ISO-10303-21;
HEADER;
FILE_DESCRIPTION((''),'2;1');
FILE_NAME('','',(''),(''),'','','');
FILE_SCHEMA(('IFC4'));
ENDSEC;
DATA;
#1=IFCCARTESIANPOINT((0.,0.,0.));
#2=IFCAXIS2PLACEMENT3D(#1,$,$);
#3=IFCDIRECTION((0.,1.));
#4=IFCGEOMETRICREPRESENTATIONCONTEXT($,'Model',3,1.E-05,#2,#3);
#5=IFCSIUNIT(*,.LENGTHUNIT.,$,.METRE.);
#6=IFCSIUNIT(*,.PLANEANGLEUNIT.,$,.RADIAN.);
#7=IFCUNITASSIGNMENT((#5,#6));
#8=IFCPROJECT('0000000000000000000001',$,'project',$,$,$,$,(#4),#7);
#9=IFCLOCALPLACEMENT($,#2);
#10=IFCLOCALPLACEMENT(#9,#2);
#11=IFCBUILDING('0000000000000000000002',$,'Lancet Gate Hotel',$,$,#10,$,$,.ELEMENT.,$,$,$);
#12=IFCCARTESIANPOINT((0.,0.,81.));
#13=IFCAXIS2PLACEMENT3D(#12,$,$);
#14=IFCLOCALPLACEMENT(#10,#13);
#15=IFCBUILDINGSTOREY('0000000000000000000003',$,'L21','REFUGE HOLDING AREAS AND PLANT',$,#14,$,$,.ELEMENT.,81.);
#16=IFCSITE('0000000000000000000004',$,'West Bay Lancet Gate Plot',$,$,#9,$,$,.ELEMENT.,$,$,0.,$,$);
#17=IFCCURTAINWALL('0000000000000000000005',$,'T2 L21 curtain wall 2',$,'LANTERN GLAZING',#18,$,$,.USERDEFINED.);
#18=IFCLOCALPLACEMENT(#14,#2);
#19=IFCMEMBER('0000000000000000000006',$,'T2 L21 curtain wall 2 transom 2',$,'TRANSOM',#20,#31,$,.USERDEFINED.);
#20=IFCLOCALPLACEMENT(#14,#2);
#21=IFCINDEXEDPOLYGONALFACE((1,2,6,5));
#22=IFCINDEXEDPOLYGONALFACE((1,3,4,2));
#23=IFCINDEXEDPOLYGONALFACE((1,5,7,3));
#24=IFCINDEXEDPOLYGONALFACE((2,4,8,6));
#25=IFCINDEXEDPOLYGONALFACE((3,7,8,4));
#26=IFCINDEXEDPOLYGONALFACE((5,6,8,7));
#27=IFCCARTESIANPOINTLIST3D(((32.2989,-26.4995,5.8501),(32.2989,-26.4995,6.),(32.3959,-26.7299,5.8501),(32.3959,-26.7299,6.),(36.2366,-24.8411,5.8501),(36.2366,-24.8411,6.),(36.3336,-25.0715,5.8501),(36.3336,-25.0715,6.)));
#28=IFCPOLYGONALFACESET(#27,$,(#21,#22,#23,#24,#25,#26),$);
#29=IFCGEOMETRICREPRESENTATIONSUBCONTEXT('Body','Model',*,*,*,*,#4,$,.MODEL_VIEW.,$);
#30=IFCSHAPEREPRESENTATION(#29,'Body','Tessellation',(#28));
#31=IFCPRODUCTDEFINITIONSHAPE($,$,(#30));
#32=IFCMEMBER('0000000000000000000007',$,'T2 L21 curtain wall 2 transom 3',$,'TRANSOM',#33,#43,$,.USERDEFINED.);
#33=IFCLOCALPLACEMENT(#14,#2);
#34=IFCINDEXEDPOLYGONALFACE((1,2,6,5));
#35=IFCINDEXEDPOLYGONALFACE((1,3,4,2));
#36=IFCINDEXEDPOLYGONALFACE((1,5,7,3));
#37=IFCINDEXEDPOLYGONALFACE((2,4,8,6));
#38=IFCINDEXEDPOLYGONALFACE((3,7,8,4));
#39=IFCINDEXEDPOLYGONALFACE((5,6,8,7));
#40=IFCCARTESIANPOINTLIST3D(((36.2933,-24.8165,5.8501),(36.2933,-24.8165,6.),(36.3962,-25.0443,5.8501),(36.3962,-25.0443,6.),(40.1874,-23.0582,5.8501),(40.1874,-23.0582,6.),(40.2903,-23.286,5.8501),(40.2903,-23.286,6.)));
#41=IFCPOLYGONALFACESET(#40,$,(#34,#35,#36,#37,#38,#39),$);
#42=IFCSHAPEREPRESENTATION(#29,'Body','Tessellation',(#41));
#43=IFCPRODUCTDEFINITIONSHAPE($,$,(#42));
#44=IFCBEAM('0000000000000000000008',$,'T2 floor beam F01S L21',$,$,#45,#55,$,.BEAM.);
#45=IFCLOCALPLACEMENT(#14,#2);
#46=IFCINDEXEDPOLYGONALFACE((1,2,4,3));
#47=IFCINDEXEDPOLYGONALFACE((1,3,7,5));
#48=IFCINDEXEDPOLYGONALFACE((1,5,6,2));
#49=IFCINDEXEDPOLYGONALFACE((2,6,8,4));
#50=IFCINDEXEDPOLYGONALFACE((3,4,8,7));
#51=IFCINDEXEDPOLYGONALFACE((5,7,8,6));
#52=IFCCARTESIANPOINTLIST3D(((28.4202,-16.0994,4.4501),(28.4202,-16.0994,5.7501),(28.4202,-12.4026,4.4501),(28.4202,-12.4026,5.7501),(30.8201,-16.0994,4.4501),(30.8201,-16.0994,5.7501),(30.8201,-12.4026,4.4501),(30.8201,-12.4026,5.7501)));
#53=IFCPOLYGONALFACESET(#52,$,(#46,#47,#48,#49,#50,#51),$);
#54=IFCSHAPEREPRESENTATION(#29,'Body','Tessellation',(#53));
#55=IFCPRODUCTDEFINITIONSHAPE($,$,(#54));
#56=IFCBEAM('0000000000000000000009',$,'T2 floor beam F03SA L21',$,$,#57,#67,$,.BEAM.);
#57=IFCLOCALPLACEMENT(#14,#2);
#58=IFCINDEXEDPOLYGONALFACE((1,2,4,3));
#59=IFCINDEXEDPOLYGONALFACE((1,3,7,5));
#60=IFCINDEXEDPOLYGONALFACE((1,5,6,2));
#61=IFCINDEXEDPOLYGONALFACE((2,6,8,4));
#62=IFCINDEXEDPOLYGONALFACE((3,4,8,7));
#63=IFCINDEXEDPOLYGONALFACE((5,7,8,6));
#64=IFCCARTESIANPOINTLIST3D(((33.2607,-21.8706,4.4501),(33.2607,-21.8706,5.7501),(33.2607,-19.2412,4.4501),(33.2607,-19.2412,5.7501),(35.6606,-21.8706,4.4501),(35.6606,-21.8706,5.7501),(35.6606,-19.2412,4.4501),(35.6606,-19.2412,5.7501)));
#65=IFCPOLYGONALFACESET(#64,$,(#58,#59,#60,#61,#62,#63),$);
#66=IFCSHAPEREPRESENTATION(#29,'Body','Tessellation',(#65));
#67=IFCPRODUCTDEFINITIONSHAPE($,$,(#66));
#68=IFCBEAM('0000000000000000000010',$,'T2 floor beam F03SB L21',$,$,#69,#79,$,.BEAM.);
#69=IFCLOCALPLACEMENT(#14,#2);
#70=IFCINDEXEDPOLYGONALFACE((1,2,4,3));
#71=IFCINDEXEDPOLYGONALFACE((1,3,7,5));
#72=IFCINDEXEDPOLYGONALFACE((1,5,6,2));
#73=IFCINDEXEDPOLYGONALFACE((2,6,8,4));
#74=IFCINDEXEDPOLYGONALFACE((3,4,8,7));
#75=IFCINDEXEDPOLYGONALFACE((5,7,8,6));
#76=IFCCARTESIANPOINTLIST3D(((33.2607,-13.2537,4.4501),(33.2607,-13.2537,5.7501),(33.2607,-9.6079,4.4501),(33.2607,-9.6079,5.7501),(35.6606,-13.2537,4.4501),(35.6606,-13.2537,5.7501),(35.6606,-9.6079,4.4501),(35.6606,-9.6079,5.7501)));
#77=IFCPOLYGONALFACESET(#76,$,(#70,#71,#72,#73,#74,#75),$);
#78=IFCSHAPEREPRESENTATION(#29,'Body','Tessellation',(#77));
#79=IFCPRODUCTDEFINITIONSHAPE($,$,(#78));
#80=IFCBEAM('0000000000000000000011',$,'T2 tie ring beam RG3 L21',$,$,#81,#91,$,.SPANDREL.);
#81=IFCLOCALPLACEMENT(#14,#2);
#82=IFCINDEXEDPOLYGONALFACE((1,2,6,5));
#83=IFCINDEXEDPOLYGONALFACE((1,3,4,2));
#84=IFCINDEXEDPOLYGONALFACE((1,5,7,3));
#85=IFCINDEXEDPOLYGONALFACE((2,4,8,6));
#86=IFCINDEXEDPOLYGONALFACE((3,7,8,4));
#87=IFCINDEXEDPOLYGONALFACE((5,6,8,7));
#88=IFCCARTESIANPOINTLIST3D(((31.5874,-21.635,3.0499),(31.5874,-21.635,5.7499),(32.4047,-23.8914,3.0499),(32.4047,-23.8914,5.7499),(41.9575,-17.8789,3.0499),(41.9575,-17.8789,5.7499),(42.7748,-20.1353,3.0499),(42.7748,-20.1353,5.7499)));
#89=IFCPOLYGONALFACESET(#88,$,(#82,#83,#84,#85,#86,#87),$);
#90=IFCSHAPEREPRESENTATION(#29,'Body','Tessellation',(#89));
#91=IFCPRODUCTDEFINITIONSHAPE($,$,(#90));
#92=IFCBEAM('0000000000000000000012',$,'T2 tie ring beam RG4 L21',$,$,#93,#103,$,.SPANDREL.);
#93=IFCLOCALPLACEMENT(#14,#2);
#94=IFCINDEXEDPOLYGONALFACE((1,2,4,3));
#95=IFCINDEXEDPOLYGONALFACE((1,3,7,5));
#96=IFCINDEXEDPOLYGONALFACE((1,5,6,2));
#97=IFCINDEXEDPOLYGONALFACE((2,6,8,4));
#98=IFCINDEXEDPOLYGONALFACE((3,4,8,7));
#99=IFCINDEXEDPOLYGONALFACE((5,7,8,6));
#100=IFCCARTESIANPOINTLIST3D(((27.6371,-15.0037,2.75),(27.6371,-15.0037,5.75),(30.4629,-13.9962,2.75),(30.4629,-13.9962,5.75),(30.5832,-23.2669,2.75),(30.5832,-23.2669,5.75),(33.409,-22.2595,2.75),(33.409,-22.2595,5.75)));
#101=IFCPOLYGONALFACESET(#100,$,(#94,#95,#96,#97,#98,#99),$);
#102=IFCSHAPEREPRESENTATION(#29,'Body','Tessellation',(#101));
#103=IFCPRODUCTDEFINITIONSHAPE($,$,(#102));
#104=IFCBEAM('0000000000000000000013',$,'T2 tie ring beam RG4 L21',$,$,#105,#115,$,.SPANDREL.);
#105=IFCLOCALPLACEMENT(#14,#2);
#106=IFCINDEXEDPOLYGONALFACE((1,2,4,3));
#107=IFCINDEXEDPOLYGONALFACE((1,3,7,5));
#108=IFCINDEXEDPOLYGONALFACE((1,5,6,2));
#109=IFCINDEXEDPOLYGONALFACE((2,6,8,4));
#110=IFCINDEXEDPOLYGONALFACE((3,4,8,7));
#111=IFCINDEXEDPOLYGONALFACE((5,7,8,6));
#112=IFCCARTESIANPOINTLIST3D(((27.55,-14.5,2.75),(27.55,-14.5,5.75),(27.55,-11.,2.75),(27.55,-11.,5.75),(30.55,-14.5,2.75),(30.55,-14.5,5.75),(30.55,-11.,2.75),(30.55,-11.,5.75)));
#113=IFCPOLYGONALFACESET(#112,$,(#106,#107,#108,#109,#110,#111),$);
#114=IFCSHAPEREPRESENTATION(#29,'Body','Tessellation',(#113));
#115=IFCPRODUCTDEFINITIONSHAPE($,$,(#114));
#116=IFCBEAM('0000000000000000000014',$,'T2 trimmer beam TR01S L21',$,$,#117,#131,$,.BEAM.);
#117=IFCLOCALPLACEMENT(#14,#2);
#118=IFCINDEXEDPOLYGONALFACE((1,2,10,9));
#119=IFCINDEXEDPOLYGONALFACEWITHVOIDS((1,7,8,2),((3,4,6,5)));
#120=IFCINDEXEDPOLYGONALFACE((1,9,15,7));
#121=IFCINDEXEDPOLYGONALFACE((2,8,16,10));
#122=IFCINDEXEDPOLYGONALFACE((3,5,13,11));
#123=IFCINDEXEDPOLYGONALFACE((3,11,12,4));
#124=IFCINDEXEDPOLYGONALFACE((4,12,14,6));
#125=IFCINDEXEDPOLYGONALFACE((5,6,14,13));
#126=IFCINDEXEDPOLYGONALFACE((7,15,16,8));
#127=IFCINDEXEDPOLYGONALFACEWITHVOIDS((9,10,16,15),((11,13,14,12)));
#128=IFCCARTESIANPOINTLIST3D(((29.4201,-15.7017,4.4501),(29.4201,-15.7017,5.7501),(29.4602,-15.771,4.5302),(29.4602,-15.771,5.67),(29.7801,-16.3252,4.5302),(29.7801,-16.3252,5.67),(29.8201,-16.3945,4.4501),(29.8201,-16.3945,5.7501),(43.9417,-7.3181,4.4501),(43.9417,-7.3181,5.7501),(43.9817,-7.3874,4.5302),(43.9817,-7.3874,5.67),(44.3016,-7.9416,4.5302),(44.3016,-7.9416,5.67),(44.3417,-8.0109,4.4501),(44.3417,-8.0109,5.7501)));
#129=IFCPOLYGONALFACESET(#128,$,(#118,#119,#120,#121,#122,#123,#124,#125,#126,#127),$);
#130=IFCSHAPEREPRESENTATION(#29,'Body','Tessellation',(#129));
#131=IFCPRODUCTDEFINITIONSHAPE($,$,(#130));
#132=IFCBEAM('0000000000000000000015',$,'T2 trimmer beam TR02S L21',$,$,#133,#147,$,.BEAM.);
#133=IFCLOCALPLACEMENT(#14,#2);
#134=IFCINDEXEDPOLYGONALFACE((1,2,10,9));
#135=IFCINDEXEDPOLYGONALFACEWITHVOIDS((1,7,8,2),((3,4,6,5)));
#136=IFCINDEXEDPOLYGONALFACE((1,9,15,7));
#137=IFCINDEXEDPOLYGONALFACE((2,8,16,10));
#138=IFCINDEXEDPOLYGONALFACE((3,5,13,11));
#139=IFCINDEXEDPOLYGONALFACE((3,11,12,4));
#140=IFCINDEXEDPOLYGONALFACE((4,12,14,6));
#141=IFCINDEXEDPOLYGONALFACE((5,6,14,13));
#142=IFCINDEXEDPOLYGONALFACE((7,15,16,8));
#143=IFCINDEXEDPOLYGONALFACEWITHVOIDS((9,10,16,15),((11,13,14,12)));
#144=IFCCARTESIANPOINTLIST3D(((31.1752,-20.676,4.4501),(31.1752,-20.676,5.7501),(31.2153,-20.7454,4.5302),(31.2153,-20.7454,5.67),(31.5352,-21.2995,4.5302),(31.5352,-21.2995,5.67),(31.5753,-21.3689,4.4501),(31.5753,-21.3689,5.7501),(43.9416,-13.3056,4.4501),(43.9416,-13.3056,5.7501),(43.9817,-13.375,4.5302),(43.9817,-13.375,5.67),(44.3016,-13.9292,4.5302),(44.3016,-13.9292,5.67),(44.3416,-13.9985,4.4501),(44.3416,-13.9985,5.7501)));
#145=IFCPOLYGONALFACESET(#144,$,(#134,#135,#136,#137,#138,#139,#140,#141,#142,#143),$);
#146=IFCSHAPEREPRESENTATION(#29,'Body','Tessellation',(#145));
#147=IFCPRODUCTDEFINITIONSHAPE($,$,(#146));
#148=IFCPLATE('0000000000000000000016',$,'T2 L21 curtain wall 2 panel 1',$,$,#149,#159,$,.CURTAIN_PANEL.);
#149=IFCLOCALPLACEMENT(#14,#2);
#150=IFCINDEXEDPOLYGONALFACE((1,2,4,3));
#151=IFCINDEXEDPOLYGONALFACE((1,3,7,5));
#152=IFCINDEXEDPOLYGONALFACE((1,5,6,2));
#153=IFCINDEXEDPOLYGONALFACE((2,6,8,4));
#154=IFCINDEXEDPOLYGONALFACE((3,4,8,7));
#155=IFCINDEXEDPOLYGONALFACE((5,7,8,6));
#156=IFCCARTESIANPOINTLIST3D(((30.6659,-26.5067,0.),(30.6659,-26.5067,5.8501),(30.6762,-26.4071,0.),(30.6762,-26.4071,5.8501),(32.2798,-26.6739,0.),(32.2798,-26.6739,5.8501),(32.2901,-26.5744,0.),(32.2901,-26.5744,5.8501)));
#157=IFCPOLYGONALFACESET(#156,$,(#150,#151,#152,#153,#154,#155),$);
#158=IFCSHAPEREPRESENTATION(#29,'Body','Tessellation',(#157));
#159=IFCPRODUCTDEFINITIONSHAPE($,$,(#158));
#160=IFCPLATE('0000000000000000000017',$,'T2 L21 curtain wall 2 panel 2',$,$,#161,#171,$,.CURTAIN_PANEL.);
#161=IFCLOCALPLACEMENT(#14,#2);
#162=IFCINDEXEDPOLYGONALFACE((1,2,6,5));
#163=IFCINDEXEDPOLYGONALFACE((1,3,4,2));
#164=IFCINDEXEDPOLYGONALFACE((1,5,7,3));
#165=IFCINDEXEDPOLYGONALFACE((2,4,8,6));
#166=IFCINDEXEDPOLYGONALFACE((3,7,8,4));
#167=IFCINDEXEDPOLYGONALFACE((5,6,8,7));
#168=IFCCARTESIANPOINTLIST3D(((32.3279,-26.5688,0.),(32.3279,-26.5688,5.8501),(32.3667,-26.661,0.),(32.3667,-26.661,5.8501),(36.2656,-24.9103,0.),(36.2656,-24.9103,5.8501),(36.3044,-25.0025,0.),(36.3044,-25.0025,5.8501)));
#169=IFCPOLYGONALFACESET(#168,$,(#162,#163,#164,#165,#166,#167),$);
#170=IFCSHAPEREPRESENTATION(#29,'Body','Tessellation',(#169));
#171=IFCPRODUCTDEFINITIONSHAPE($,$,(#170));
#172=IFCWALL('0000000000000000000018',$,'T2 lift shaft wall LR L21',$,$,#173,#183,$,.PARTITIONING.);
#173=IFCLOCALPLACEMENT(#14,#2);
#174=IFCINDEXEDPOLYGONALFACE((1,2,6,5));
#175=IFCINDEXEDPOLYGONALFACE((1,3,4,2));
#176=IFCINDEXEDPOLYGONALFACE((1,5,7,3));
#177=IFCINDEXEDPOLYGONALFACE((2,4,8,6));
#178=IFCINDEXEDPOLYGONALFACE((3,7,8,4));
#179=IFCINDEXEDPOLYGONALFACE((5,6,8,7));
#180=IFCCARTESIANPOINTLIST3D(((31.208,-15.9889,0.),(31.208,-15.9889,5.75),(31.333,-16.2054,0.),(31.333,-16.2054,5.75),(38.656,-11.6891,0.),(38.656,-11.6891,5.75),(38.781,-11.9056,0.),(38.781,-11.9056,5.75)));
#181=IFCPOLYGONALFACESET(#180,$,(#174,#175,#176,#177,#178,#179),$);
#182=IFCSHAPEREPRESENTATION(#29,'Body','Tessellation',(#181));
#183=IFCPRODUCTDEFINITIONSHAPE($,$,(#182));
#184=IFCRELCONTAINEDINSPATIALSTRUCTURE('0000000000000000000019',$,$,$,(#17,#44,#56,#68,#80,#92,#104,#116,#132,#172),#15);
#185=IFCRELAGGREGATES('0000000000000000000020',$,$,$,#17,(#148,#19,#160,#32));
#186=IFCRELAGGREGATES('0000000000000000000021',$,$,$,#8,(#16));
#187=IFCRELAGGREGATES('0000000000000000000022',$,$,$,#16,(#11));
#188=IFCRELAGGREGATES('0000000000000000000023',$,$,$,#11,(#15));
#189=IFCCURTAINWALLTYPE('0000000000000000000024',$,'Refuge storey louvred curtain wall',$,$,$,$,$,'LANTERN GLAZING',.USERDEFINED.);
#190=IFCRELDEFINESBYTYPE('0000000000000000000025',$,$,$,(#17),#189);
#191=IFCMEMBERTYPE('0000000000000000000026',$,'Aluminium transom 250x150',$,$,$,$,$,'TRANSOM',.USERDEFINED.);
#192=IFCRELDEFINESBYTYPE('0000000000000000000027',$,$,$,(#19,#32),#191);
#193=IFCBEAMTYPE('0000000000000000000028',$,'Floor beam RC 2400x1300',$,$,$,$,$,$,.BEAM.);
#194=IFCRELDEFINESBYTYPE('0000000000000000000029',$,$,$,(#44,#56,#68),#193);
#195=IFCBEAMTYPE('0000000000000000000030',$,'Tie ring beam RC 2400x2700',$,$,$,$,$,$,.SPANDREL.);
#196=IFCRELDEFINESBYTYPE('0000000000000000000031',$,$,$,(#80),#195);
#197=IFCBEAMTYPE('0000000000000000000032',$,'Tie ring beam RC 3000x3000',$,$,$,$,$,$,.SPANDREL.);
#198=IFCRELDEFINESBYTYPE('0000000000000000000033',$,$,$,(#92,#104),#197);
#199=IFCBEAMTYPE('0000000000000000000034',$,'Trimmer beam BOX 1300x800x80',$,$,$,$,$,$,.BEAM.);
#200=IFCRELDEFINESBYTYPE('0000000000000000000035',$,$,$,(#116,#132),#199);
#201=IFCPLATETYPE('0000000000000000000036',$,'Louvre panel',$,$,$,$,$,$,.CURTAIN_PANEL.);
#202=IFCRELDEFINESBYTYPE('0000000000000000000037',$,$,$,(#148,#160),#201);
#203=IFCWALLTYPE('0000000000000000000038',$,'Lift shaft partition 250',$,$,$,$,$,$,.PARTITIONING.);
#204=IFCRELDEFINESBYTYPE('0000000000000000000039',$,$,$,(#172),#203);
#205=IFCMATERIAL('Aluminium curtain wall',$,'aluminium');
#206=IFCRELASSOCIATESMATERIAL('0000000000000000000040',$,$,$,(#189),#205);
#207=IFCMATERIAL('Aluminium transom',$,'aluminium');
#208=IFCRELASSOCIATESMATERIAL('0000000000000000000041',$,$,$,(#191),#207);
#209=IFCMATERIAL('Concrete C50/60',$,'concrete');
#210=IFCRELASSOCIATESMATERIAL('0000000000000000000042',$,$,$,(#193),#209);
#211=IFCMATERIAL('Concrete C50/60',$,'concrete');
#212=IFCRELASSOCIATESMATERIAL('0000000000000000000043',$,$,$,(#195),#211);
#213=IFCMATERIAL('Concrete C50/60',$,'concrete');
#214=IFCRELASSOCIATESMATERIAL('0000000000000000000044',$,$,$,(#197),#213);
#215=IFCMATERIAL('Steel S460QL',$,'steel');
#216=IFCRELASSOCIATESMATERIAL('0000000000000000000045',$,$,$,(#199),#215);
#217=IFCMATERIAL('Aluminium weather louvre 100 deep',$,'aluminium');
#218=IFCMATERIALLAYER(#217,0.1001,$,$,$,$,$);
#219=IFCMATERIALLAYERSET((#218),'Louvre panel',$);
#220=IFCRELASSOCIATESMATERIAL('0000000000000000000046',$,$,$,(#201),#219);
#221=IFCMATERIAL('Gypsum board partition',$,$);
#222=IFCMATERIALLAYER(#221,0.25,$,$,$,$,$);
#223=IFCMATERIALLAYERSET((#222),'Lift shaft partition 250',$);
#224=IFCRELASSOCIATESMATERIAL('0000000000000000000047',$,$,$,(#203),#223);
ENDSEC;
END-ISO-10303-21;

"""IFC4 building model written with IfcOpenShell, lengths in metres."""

from ifc_helpers import new_model, si_unit, direction, frame, frame_2d, origin, origin_2d, place, context, subcontext, project, spatial, rectangle, hollow_rectangle, extrude, material, layer, layer_set, material_profile, profile_set, type_object, element, aggregate, save


model = new_model("IFC4")

# Units and contexts
model_context = context("Model", 3, precision=1e-05, world=origin(), true_north=direction((0.0, 1.0)))
body_context = subcontext(model_context, "Body", "Model", "MODEL_VIEW")
ifc_project = project(units=[si_unit("LENGTHUNIT", "METRE"), si_unit("PLANEANGLEUNIT", "RADIAN")], contexts=[model_context])

# Site, building, storey
site_placement = place(None, origin())
site = spatial("IfcSite", under=ifc_project, at=site_placement, Name="West Bay Lancet Gate Plot", CompositionType="ELEMENT", RefElevation=0.0)
building_placement = place(site_placement, origin())
building = spatial("IfcBuilding", under=site, at=building_placement, Name="Lancet Gate Hotel", CompositionType="ELEMENT")
storey_placement = place(building_placement, frame((0.0, 0.0, 81.0)))
storey = spatial("IfcBuildingStorey", under=building, at=storey_placement, Name="L21", Description="REFUGE HOLDING AREAS AND PLANT", CompositionType="ELEMENT", Elevation=81.0)

# Curtain wall, members
ifc_material_1 = material(Name="Aluminium curtain wall", Category="aluminium")
curtain_wall_type = type_object("IfcCurtainWallType", Name="Refuge storey louvred curtain wall", ElementType="LANTERN GLAZING", PredefinedType="USERDEFINED", material=ifc_material_1)
curtain_wall_placement = place(storey_placement, origin())
curtain_wall = element("IfcCurtainWall", 1, at=curtain_wall_placement, inside=storey, type_object=curtain_wall_type, Name="T2 L21 curtain wall 2", ObjectType="LANTERN GLAZING", PredefinedType="USERDEFINED")
ifc_material_2 = material(Name="Aluminium transom", Category="aluminium")
ifc_material_profile_1 = material_profile(ifc_material_2, rectangle(XDim=0.25, YDim=0.1499, at=origin_2d()), Name="TRANSOM 250x150")
ifc_profile_set_1 = profile_set([ifc_material_profile_1], Name="Aluminium transom")
member_type_1 = type_object("IfcMemberType", Name="Aluminium transom 250x150", ElementType="TRANSOM", PredefinedType="USERDEFINED", material=ifc_profile_set_1)
member_1_placement = place(storey_placement, frame((32.3474, -26.6147, 5.925), z_axis=(0.921598, 0.388146, 0.0), x_axis=(-0.388146, 0.921598, 0.0)))
member_1 = element("IfcMember", 2, at=member_1_placement, type_object=member_type_1, Name="T2 L21 curtain wall 2 transom 2", ObjectType="TRANSOM", PredefinedType="USERDEFINED", context=body_context, shape_type="SweptSolid", body=[
    extrude(rectangle(XDim=0.25, YDim=0.1499, at=origin_2d()), origin(), (0.0, 0.0, 1.0), 4.2727),
])
member_2_placement = place(storey_placement, frame((36.3447, -24.9304, 5.925), z_axis=(0.911397, 0.411529, 0.0), x_axis=(-0.411529, 0.911397, 0.0)))
member_2 = element("IfcMember", 3, at=member_2_placement, type_object=member_type_1, Name="T2 L21 curtain wall 2 transom 3", ObjectType="TRANSOM", PredefinedType="USERDEFINED", context=body_context, shape_type="SweptSolid", body=[
    extrude(rectangle(XDim=0.25, YDim=0.1499, at=origin_2d()), origin(), (0.0, 0.0, 1.0), 4.2727),
])

# Beams
ifc_material_3 = material(Name="Concrete C50/60", Category="concrete")
ifc_material_profile_2 = material_profile(ifc_material_3, rectangle(XDim=2.3999, YDim=1.3, at=origin_2d()), Name="RC 2400x1300")
ifc_profile_set_2 = profile_set([ifc_material_profile_2], Name="Concrete C50/60")
beam_type_1 = type_object("IfcBeamType", Name="Floor beam RC 2400x1300", PredefinedType="BEAM", material=ifc_profile_set_2)
beam_1_placement = place(storey_placement, frame((29.6201, -16.0994, 5.1001), z_axis=(0.0, 1.0, 0.0), x_axis=(-1.0, 0.0, 0.0)))
element("IfcBeam", 4, at=beam_1_placement, inside=storey, type_object=beam_type_1, Name="T2 floor beam F01S L21", PredefinedType="BEAM", context=body_context, shape_type="SweptSolid", body=[
    extrude(rectangle(XDim=2.3999, YDim=1.3, at=origin_2d()), origin(), (0.0, 0.0, 1.0), 3.6968),
])
beam_2_placement = place(storey_placement, frame((34.4607, -21.8706, 5.1001), z_axis=(0.0, 1.0, 0.0), x_axis=(-1.0, 0.0, 0.0)))
element("IfcBeam", 5, at=beam_2_placement, inside=storey, type_object=beam_type_1, Name="T2 floor beam F03SA L21", PredefinedType="BEAM", context=body_context, shape_type="SweptSolid", body=[
    extrude(rectangle(XDim=2.3999, YDim=1.3, at=origin_2d()), origin(), (0.0, 0.0, 1.0), 2.6294),
])
beam_3_placement = place(storey_placement, frame((34.4607, -13.2537, 5.1001), z_axis=(0.0, 1.0, 0.0), x_axis=(-1.0, 0.0, 0.0)))
element("IfcBeam", 6, at=beam_3_placement, inside=storey, type_object=beam_type_1, Name="T2 floor beam F03SB L21", PredefinedType="BEAM", context=body_context, shape_type="SweptSolid", body=[
    extrude(rectangle(XDim=2.3999, YDim=1.3, at=origin_2d()), origin(), (0.0, 0.0, 1.0), 3.6458),
])
ifc_material_4 = material(Name="Concrete C50/60", Category="concrete")
ifc_material_profile_3 = material_profile(ifc_material_4, rectangle(XDim=2.3999, YDim=2.7, at=origin_2d()), Name="RC 2400x2700")
ifc_profile_set_3 = profile_set([ifc_material_profile_3], Name="Concrete C50/60")
beam_type_2 = type_object("IfcBeamType", Name="Tie ring beam RC 2400x2700", PredefinedType="SPANDREL", material=ifc_profile_set_3)
beam_4_placement = place(storey_placement, frame((31.9961, -22.7632, 4.3999), z_axis=(0.940225, 0.340554, 0.0), x_axis=(-0.340554, 0.940225, 0.0)))
element("IfcBeam", 7, at=beam_4_placement, inside=storey, type_object=beam_type_2, Name="T2 tie ring beam RG3 L21", PredefinedType="SPANDREL", context=body_context, shape_type="SweptSolid", body=[
    extrude(rectangle(XDim=2.3999, YDim=2.7, at=origin_2d()), origin(), (0.0, 0.0, 1.0), 11.0293),
])
ifc_material_5 = material(Name="Concrete C50/60", Category="concrete")
ifc_material_profile_4 = material_profile(ifc_material_5, rectangle(XDim=3.0, YDim=3.0, at=origin_2d()), Name="RC 3000x3000")
ifc_profile_set_4 = profile_set([ifc_material_profile_4], Name="Concrete C50/60")
beam_type_3 = type_object("IfcBeamType", Name="Tie ring beam RC 3000x3000", PredefinedType="SPANDREL", material=ifc_profile_set_4)
beam_5_placement = place(storey_placement, frame((31.9961, -22.7632, 4.25), z_axis=(-0.335822, 0.941926, 0.0), x_axis=(-0.941926, -0.335822, 0.0)))
element("IfcBeam", 8, at=beam_5_placement, inside=storey, type_object=beam_type_3, Name="T2 tie ring beam RG4 L21", PredefinedType="SPANDREL", context=body_context, shape_type="SweptSolid", body=[
    extrude(rectangle(XDim=3.0, YDim=3.0, at=origin_2d()), origin(), (0.0, 0.0, 1.0), 8.7727),
])
beam_6_placement = place(storey_placement, frame((29.05, -14.5, 4.25), z_axis=(0.0, 1.0, 0.0), x_axis=(-1.0, 0.0, 0.0)))
element("IfcBeam", 9, at=beam_6_placement, inside=storey, type_object=beam_type_3, Name="T2 tie ring beam RG4 L21", PredefinedType="SPANDREL", context=body_context, shape_type="SweptSolid", body=[
    extrude(rectangle(XDim=3.0, YDim=3.0, at=origin_2d()), origin(), (0.0, 0.0, 1.0), 3.5),
])
ifc_material_6 = material(Name="Steel S460QL", Category="steel")
ifc_material_profile_5 = material_profile(ifc_material_6, hollow_rectangle(XDim=0.8, YDim=1.3, WallThickness=0.0801, at=origin_2d()), Name="BOX 1300x800x80")
ifc_profile_set_5 = profile_set([ifc_material_profile_5], Name="Steel S460QL")
beam_type_4 = type_object("IfcBeamType", Name="Trimmer beam BOX 1300x800x80", PredefinedType="BEAM", material=ifc_profile_set_5)
beam_7_placement = place(storey_placement, frame((29.6201, -16.0481, 5.1001), z_axis=(0.866037, 0.49998, 0.0), x_axis=(-0.49998, 0.866037, 0.0)))
element("IfcBeam", 10, at=beam_7_placement, inside=storey, type_object=beam_type_4, Name="T2 trimmer beam TR01S L21", PredefinedType="BEAM", context=body_context, shape_type="SweptSolid", body=[
    extrude(hollow_rectangle(XDim=0.8, YDim=1.3, WallThickness=0.0801, at=origin_2d()), origin(), (0.0, 0.0, 1.0), 16.7678),
])
beam_8_placement = place(storey_placement, frame((31.3752, -21.0225, 5.1001), z_axis=(0.866034, 0.499985, 0.0), x_axis=(-0.499985, 0.866034, 0.0)))
element("IfcBeam", 11, at=beam_8_placement, inside=storey, type_object=beam_type_4, Name="T2 trimmer beam TR02S L21", PredefinedType="BEAM", context=body_context, shape_type="SweptSolid", body=[
    extrude(hollow_rectangle(XDim=0.8, YDim=1.3, WallThickness=0.0801, at=origin_2d()), origin(), (0.0, 0.0, 1.0), 14.7412),
])

# Plates
ifc_material_7 = material(Name="Aluminium weather louvre 100 deep", Category="aluminium")
ifc_layer_1 = layer(ifc_material_7, 0.1001)
ifc_layer_set_1 = layer_set([ifc_layer_1], Name="Louvre panel")
plate_type = type_object("IfcPlateType", Name="Louvre panel", PredefinedType="CURTAIN_PANEL", material=ifc_layer_set_1)
plate_1_placement = place(storey_placement, frame((31.478, -26.5405, 0.0), z_axis=(0.0, 0.0, 1.0), x_axis=(0.994672, -0.103088, 0.0)))
plate_1 = element("IfcPlate", 12, at=plate_1_placement, type_object=plate_type, Name="T2 L21 curtain wall 2 panel 1", PredefinedType="CURTAIN_PANEL", context=body_context, shape_type="SweptSolid", body=[
    extrude(rectangle(XDim=1.6226, YDim=0.1001, at=origin_2d()), origin(), (0.0, 0.0, 1.0), 5.8501),
])
plate_2_placement = place(storey_placement, frame((34.3162, -25.7856, 0.0), z_axis=(0.0, 0.0, 1.0), x_axis=(0.921593, 0.388157, 0.0)))
plate_2 = element("IfcPlate", 13, at=plate_2_placement, type_object=plate_type, Name="T2 L21 curtain wall 2 panel 2", PredefinedType="CURTAIN_PANEL", context=body_context, shape_type="SweptSolid", body=[
    extrude(rectangle(XDim=4.2727, YDim=0.1001, at=origin_2d()), origin(), (0.0, 0.0, 1.0), 5.8501),
])
aggregate(curtain_wall, [plate_1, member_1, plate_2, member_2])

# Wall
ifc_material_8 = material(Name="Gypsum board partition")
ifc_layer_2 = layer(ifc_material_8, 0.25)
ifc_layer_set_2 = layer_set([ifc_layer_2], Name="Lift shaft partition 250")
wall_type_1 = type_object("IfcWallType", Name="Lift shaft partition 250", PredefinedType="PARTITIONING", material=ifc_layer_set_2)
for number, where, z_axis, x_axis, name in (
    (14, (31.2705, -16.0972, 0.0), (0.0, 0.0, 1.0), (0.86604, 0.499974, 0.0), "T2 lift shaft wall LR L21"),
):
    element("IfcWall", number, at=place(storey_placement, frame(where, z_axis=z_axis, x_axis=x_axis)), inside=storey, type_object=wall_type_1, Name=name, PredefinedType="PARTITIONING", context=body_context, shape_type="SweptSolid", body=[
        extrude(rectangle(XDim=8.6001, YDim=0.25, at=frame_2d((4.3, 0.0))), origin(), (0.0, 0.0, 1.0), 5.75),
    ])

save(model, "model.ifc")
